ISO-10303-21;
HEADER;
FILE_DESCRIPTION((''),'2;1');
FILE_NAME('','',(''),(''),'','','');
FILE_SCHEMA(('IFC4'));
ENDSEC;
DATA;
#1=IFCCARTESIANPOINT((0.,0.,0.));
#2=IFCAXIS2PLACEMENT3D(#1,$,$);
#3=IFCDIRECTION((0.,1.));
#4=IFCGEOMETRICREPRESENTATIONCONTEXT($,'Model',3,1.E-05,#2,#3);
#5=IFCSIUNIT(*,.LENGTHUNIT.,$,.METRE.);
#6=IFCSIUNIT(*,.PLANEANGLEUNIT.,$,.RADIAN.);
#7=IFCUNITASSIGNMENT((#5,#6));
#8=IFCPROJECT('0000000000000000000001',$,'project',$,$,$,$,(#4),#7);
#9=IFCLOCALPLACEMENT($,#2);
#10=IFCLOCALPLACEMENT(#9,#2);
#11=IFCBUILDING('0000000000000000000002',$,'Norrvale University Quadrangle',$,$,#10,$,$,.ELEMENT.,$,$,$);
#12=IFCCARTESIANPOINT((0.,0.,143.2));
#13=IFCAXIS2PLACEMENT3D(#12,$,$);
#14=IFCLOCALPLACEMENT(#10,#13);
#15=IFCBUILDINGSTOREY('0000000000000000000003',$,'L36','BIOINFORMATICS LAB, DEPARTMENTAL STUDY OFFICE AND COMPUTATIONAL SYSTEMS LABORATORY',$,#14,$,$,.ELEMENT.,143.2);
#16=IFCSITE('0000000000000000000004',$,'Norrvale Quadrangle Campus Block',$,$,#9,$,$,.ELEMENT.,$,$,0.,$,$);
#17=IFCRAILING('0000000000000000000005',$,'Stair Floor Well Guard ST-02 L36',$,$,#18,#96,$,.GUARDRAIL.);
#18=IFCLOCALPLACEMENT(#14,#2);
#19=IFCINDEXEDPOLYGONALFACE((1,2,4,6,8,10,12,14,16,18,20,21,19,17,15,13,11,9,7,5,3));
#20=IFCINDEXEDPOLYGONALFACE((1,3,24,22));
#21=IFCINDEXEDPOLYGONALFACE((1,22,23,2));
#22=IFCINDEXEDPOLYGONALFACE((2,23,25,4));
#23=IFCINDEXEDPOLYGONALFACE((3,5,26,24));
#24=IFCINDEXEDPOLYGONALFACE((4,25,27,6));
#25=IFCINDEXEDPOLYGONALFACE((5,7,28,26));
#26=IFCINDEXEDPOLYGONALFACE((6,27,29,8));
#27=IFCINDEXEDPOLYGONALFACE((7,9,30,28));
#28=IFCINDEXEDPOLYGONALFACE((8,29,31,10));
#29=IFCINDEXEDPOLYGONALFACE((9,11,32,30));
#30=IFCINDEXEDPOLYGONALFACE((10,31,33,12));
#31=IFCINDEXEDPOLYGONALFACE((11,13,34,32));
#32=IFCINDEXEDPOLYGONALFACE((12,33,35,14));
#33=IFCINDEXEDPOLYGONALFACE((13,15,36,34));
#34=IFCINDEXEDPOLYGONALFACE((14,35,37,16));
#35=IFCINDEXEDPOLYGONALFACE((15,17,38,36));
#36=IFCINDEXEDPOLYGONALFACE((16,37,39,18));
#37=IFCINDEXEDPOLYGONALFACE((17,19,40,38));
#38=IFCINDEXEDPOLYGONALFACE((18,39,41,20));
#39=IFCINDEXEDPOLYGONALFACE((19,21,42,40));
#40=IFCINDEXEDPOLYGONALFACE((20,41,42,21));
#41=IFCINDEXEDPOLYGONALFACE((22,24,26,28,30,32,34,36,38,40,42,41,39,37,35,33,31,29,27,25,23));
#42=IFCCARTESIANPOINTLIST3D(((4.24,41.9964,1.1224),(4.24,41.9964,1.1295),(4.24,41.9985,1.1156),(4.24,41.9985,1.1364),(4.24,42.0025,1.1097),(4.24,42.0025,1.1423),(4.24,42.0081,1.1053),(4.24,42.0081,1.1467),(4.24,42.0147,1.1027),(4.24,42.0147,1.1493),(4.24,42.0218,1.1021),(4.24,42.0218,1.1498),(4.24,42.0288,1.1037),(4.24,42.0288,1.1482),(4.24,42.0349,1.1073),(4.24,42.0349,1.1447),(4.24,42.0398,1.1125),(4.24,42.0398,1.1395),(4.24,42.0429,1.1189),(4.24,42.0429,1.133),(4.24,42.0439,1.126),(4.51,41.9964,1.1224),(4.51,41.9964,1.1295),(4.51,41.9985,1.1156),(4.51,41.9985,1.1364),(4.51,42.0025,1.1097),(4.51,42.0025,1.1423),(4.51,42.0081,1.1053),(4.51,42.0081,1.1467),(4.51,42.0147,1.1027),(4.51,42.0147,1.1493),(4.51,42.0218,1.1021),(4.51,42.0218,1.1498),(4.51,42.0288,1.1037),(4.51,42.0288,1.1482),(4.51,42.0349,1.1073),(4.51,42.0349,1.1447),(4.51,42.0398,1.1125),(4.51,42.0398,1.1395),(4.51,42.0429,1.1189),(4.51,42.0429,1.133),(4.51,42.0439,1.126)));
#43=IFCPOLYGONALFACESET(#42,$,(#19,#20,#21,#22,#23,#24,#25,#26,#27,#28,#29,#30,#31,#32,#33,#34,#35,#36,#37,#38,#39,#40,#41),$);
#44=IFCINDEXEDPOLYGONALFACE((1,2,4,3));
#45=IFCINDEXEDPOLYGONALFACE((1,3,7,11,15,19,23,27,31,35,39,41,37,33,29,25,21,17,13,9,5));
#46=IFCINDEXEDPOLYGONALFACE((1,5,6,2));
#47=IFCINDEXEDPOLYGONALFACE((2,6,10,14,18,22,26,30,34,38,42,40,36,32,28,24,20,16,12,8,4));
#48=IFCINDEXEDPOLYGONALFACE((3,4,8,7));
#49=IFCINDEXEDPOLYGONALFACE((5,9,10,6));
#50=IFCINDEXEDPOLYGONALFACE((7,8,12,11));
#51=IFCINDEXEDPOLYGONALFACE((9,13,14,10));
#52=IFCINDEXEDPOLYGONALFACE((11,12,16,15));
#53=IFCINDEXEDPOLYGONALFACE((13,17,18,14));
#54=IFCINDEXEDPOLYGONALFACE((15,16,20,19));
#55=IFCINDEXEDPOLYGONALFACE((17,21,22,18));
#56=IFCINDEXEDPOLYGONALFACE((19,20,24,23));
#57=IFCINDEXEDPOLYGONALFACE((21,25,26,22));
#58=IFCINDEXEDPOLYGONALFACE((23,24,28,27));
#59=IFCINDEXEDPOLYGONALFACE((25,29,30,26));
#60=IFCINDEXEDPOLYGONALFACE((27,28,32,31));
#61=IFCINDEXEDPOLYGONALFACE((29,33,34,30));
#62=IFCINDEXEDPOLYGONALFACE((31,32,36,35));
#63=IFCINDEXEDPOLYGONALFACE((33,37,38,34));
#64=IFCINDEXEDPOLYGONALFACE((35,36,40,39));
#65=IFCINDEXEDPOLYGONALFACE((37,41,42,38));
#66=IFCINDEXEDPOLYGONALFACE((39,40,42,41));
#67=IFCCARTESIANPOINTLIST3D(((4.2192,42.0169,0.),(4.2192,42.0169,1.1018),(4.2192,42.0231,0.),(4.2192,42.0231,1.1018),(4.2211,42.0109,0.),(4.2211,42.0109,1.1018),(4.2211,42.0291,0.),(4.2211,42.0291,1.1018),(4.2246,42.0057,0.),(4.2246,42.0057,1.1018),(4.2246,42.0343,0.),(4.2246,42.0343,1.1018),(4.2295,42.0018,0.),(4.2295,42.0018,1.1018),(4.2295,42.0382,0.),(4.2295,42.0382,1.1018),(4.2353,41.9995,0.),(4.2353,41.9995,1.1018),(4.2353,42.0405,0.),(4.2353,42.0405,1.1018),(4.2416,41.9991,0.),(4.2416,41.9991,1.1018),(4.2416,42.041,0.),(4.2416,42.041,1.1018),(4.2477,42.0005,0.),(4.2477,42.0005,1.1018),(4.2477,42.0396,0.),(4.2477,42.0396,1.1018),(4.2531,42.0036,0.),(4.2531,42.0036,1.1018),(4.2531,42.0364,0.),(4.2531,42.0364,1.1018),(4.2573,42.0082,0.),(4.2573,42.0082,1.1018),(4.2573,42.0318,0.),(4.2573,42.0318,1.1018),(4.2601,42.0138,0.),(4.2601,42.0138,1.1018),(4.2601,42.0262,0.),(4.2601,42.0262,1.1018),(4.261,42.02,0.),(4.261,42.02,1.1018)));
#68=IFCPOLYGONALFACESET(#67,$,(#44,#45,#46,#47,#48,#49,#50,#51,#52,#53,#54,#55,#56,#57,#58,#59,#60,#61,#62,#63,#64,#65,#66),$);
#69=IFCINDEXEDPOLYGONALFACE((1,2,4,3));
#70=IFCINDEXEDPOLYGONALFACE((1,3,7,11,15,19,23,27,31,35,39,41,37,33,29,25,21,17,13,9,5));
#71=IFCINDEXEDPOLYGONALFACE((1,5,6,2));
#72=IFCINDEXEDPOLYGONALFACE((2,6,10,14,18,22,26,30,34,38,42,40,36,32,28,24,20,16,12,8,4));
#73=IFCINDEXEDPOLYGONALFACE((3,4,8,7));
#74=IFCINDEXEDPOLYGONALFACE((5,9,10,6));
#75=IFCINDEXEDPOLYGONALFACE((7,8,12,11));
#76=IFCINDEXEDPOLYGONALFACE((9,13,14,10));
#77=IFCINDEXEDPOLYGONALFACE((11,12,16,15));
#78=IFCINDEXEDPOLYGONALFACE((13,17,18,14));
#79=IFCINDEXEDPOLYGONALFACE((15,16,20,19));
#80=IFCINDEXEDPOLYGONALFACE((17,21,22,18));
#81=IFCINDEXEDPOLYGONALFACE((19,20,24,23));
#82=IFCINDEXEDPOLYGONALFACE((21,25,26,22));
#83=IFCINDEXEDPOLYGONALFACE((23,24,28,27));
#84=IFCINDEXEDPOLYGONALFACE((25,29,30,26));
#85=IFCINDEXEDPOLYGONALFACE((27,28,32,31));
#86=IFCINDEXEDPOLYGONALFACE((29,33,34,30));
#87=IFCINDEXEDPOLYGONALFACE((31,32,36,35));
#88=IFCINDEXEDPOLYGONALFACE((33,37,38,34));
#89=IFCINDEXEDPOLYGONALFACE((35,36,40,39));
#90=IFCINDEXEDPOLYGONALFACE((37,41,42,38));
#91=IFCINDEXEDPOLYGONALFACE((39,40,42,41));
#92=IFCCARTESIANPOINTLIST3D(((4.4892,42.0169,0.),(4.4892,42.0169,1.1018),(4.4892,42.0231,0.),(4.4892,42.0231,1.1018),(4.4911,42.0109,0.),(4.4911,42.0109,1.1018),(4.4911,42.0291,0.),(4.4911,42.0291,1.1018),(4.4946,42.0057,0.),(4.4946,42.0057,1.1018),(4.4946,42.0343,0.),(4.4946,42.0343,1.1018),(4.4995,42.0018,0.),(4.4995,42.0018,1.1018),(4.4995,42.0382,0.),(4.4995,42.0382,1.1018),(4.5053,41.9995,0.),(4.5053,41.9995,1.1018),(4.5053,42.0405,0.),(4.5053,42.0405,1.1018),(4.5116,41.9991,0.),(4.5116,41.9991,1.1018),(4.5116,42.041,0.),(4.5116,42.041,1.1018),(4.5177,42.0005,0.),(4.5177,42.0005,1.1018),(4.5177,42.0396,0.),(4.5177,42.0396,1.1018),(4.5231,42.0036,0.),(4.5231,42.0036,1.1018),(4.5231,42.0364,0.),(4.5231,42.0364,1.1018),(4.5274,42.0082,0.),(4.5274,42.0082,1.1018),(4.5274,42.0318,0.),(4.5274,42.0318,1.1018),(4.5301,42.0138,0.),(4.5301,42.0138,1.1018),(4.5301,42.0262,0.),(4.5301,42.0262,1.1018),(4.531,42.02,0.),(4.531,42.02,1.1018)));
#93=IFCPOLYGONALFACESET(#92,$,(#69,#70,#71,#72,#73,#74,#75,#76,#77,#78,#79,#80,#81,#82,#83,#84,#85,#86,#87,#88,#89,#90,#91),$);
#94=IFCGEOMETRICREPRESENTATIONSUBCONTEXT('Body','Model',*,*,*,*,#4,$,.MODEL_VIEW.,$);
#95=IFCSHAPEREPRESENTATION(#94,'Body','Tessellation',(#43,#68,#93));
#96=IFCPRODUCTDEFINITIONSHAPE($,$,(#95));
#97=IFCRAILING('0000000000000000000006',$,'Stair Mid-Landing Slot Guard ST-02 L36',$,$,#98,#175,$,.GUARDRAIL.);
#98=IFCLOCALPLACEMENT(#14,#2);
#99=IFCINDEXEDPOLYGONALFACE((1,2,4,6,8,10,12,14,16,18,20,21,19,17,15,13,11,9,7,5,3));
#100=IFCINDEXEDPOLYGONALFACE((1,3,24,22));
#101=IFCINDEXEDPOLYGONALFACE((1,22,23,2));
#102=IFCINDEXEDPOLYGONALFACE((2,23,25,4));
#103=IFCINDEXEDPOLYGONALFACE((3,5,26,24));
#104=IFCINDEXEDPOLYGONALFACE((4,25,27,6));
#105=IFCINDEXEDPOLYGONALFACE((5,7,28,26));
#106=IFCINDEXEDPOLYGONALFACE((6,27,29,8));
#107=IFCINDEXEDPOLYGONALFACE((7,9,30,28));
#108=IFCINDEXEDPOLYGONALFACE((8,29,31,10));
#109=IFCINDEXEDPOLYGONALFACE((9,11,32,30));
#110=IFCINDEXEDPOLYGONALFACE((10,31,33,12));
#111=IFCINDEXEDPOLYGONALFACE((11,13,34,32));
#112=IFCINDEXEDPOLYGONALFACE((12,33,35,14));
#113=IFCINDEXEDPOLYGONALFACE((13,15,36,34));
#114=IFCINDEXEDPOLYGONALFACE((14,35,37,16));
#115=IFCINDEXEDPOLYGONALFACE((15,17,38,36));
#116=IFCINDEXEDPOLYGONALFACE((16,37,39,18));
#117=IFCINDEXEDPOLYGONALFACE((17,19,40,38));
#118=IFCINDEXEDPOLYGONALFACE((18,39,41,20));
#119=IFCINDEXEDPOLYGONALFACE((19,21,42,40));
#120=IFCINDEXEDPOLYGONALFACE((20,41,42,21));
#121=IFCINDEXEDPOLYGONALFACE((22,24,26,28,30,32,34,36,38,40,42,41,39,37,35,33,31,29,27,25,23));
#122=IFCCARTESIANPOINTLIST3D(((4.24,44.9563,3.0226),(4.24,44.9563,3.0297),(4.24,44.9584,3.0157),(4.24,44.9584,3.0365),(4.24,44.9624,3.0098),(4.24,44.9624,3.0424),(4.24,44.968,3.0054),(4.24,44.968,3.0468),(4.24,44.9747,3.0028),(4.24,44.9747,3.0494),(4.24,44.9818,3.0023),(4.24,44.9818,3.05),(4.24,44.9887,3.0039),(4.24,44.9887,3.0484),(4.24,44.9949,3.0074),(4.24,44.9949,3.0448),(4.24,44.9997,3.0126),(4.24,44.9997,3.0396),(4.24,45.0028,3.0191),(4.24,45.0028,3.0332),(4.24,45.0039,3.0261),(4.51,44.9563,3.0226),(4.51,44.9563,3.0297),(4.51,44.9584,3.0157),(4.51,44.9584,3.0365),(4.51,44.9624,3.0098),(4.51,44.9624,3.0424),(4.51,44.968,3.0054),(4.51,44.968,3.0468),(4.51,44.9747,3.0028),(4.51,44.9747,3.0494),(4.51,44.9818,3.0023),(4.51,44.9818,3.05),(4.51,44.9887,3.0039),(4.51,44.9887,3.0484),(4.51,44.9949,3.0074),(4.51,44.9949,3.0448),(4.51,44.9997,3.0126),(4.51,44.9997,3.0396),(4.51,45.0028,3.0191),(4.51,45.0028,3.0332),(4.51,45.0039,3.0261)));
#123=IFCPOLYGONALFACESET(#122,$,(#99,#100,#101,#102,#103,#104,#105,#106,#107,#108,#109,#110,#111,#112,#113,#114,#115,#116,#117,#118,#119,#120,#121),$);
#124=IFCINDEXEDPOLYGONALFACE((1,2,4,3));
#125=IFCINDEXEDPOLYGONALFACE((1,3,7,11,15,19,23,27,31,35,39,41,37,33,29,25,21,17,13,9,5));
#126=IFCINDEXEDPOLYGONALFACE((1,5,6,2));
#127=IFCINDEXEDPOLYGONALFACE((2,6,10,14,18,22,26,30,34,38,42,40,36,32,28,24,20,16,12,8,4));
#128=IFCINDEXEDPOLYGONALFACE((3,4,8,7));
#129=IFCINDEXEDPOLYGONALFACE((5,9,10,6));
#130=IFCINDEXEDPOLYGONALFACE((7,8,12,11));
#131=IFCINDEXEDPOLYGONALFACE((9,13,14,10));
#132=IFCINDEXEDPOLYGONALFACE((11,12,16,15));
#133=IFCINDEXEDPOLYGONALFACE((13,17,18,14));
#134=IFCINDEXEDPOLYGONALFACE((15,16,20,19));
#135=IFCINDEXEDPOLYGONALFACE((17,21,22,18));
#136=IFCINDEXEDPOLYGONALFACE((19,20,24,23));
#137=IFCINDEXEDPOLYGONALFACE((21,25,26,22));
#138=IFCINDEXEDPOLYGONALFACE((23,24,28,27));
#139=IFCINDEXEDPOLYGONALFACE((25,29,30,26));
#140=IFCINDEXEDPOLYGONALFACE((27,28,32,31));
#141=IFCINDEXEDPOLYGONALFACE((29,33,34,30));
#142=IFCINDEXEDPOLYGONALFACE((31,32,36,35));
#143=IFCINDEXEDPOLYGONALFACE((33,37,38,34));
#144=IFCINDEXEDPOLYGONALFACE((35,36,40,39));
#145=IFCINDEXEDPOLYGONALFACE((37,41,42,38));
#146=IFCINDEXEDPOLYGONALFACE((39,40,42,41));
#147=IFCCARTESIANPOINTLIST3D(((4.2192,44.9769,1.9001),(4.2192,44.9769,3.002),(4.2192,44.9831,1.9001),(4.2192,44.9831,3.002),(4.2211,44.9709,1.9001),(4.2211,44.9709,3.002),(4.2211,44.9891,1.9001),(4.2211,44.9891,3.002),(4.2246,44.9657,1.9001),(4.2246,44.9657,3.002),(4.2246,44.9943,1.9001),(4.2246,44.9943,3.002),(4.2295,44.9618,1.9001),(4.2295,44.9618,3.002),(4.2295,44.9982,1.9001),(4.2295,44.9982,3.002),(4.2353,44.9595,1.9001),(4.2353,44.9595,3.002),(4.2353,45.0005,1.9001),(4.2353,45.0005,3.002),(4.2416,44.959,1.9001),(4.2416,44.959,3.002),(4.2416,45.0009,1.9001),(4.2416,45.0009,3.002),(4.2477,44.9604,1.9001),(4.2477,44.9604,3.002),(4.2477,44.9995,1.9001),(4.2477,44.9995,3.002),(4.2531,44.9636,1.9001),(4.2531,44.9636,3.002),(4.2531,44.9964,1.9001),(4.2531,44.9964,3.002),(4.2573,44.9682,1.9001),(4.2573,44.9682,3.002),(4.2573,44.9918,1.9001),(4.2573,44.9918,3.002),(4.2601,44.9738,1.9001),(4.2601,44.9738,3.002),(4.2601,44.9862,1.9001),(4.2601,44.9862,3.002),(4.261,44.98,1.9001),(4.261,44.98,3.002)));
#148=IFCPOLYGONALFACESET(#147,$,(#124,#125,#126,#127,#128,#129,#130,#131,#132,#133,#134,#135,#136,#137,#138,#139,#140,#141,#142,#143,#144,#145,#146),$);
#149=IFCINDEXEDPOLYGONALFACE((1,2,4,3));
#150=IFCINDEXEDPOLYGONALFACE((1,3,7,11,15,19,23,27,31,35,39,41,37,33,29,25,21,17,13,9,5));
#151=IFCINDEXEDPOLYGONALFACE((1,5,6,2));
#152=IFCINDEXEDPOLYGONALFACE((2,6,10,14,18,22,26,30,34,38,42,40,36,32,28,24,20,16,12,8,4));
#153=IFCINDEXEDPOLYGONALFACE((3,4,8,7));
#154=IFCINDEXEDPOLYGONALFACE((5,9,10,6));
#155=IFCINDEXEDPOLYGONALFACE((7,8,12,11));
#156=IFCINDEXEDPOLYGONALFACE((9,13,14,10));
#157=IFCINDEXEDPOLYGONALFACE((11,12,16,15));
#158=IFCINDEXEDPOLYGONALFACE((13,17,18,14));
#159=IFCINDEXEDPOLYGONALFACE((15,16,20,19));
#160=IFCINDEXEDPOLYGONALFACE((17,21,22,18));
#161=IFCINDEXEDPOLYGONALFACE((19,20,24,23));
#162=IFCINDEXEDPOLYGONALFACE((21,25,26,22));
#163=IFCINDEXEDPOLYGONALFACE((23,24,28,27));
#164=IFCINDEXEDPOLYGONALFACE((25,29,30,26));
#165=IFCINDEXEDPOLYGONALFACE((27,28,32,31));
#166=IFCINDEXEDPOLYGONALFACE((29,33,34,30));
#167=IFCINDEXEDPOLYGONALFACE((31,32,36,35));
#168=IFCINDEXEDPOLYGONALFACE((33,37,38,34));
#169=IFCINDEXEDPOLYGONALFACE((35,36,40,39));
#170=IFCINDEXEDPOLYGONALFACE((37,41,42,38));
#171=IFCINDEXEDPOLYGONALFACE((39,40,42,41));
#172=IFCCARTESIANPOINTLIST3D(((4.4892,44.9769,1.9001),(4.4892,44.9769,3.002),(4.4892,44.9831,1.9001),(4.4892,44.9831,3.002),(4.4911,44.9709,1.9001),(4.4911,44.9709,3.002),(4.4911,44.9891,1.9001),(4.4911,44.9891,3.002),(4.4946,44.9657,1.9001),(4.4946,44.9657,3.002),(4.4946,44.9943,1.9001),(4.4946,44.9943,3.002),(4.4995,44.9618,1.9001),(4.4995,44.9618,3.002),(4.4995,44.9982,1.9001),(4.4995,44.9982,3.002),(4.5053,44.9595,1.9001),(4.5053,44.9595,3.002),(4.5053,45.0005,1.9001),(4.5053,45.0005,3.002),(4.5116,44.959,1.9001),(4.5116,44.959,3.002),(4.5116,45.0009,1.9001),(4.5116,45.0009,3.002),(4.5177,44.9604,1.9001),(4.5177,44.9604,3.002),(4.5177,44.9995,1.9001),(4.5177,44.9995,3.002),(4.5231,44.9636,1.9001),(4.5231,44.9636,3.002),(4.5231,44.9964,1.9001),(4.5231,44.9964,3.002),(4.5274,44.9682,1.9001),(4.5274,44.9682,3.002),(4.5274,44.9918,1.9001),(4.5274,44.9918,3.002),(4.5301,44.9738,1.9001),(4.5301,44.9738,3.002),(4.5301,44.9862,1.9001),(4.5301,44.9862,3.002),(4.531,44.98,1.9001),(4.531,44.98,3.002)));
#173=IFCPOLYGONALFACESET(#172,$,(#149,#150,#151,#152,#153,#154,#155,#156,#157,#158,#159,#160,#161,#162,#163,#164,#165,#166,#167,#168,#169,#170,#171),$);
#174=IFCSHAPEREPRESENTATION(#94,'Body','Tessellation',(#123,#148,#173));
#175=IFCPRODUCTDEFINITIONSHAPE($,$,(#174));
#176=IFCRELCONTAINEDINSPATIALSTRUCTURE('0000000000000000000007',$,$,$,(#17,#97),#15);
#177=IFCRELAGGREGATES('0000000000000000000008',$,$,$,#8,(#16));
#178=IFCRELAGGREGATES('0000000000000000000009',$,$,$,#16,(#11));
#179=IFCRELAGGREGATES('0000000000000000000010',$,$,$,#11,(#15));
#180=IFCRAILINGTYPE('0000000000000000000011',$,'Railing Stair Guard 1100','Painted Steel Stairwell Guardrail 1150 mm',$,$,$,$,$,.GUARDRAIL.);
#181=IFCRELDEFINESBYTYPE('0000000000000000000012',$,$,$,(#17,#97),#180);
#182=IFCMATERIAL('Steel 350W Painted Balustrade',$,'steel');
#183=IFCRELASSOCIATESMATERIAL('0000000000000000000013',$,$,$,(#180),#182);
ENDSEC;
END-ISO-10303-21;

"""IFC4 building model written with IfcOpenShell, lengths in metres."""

from ifc_helpers import new_model, si_unit, direction, frame, origin, origin_2d, place, context, subcontext, project, spatial, circle, extrude, material, type_object, element, save


model = new_model("IFC4")

# Units and contexts
model_context = context("Model", 3, precision=1e-05, world=origin(), true_north=direction((0.0, 1.0)))
body_context = subcontext(model_context, "Body", "Model", "MODEL_VIEW")
ifc_project = project(units=[si_unit("LENGTHUNIT", "METRE"), si_unit("PLANEANGLEUNIT", "RADIAN")], contexts=[model_context])

# Site, building, storey
site_placement = place(None, origin())
site = spatial("IfcSite", under=ifc_project, at=site_placement, Name="Norrvale Quadrangle Campus Block", CompositionType="ELEMENT", RefElevation=0.0)
building_placement = place(site_placement, origin())
building = spatial("IfcBuilding", under=site, at=building_placement, Name="Norrvale University Quadrangle", CompositionType="ELEMENT")
storey_placement = place(building_placement, frame((0.0, 0.0, 143.2)))
storey = spatial("IfcBuildingStorey", under=building, at=storey_placement, Name="L36", Description="BIOINFORMATICS LAB, DEPARTMENTAL STUDY OFFICE AND COMPUTATIONAL SYSTEMS LABORATORY", CompositionType="ELEMENT", Elevation=143.2)

# Railings
ifc_material_1 = material(Name="Steel 350W Painted Balustrade", Category="steel")
railing_type_1 = type_object("IfcRailingType", Name="Railing Stair Guard 1100", Description="Painted Steel Stairwell Guardrail 1150 mm", PredefinedType="GUARDRAIL", material=ifc_material_1)
for number, where, name in (
    (1, (4.24, 42.02, 0.0), "Stair Floor Well Guard ST-02 L36"),
    (2, (4.24, 44.98, 1.9001), "Stair Mid-Landing Slot Guard ST-02 L36"),
):
    element("IfcRailing", number, at=place(storey_placement, frame(where)), inside=storey, type_object=railing_type_1, Name=name, PredefinedType="GUARDRAIL", context=body_context, shape_type="SweptSolid", body=[
        extrude(circle(Radius=0.0239, at=origin_2d()), frame((0.0, 0.0, 1.126), z_axis=(1.0, 0.0, 0.0), x_axis=(0.0, 1.0, 0.0)), (0.0, 0.0, 1.0), 0.27),
        extrude(circle(Radius=0.021, at=origin_2d()), origin(), (0.0, 0.0, 1.0), 1.1018),
        extrude(circle(Radius=0.021, at=origin_2d()), frame((0.27, 0.0, 0.0)), (0.0, 0.0, 1.0), 1.1018),
    ])

save(model, "model.ifc")
